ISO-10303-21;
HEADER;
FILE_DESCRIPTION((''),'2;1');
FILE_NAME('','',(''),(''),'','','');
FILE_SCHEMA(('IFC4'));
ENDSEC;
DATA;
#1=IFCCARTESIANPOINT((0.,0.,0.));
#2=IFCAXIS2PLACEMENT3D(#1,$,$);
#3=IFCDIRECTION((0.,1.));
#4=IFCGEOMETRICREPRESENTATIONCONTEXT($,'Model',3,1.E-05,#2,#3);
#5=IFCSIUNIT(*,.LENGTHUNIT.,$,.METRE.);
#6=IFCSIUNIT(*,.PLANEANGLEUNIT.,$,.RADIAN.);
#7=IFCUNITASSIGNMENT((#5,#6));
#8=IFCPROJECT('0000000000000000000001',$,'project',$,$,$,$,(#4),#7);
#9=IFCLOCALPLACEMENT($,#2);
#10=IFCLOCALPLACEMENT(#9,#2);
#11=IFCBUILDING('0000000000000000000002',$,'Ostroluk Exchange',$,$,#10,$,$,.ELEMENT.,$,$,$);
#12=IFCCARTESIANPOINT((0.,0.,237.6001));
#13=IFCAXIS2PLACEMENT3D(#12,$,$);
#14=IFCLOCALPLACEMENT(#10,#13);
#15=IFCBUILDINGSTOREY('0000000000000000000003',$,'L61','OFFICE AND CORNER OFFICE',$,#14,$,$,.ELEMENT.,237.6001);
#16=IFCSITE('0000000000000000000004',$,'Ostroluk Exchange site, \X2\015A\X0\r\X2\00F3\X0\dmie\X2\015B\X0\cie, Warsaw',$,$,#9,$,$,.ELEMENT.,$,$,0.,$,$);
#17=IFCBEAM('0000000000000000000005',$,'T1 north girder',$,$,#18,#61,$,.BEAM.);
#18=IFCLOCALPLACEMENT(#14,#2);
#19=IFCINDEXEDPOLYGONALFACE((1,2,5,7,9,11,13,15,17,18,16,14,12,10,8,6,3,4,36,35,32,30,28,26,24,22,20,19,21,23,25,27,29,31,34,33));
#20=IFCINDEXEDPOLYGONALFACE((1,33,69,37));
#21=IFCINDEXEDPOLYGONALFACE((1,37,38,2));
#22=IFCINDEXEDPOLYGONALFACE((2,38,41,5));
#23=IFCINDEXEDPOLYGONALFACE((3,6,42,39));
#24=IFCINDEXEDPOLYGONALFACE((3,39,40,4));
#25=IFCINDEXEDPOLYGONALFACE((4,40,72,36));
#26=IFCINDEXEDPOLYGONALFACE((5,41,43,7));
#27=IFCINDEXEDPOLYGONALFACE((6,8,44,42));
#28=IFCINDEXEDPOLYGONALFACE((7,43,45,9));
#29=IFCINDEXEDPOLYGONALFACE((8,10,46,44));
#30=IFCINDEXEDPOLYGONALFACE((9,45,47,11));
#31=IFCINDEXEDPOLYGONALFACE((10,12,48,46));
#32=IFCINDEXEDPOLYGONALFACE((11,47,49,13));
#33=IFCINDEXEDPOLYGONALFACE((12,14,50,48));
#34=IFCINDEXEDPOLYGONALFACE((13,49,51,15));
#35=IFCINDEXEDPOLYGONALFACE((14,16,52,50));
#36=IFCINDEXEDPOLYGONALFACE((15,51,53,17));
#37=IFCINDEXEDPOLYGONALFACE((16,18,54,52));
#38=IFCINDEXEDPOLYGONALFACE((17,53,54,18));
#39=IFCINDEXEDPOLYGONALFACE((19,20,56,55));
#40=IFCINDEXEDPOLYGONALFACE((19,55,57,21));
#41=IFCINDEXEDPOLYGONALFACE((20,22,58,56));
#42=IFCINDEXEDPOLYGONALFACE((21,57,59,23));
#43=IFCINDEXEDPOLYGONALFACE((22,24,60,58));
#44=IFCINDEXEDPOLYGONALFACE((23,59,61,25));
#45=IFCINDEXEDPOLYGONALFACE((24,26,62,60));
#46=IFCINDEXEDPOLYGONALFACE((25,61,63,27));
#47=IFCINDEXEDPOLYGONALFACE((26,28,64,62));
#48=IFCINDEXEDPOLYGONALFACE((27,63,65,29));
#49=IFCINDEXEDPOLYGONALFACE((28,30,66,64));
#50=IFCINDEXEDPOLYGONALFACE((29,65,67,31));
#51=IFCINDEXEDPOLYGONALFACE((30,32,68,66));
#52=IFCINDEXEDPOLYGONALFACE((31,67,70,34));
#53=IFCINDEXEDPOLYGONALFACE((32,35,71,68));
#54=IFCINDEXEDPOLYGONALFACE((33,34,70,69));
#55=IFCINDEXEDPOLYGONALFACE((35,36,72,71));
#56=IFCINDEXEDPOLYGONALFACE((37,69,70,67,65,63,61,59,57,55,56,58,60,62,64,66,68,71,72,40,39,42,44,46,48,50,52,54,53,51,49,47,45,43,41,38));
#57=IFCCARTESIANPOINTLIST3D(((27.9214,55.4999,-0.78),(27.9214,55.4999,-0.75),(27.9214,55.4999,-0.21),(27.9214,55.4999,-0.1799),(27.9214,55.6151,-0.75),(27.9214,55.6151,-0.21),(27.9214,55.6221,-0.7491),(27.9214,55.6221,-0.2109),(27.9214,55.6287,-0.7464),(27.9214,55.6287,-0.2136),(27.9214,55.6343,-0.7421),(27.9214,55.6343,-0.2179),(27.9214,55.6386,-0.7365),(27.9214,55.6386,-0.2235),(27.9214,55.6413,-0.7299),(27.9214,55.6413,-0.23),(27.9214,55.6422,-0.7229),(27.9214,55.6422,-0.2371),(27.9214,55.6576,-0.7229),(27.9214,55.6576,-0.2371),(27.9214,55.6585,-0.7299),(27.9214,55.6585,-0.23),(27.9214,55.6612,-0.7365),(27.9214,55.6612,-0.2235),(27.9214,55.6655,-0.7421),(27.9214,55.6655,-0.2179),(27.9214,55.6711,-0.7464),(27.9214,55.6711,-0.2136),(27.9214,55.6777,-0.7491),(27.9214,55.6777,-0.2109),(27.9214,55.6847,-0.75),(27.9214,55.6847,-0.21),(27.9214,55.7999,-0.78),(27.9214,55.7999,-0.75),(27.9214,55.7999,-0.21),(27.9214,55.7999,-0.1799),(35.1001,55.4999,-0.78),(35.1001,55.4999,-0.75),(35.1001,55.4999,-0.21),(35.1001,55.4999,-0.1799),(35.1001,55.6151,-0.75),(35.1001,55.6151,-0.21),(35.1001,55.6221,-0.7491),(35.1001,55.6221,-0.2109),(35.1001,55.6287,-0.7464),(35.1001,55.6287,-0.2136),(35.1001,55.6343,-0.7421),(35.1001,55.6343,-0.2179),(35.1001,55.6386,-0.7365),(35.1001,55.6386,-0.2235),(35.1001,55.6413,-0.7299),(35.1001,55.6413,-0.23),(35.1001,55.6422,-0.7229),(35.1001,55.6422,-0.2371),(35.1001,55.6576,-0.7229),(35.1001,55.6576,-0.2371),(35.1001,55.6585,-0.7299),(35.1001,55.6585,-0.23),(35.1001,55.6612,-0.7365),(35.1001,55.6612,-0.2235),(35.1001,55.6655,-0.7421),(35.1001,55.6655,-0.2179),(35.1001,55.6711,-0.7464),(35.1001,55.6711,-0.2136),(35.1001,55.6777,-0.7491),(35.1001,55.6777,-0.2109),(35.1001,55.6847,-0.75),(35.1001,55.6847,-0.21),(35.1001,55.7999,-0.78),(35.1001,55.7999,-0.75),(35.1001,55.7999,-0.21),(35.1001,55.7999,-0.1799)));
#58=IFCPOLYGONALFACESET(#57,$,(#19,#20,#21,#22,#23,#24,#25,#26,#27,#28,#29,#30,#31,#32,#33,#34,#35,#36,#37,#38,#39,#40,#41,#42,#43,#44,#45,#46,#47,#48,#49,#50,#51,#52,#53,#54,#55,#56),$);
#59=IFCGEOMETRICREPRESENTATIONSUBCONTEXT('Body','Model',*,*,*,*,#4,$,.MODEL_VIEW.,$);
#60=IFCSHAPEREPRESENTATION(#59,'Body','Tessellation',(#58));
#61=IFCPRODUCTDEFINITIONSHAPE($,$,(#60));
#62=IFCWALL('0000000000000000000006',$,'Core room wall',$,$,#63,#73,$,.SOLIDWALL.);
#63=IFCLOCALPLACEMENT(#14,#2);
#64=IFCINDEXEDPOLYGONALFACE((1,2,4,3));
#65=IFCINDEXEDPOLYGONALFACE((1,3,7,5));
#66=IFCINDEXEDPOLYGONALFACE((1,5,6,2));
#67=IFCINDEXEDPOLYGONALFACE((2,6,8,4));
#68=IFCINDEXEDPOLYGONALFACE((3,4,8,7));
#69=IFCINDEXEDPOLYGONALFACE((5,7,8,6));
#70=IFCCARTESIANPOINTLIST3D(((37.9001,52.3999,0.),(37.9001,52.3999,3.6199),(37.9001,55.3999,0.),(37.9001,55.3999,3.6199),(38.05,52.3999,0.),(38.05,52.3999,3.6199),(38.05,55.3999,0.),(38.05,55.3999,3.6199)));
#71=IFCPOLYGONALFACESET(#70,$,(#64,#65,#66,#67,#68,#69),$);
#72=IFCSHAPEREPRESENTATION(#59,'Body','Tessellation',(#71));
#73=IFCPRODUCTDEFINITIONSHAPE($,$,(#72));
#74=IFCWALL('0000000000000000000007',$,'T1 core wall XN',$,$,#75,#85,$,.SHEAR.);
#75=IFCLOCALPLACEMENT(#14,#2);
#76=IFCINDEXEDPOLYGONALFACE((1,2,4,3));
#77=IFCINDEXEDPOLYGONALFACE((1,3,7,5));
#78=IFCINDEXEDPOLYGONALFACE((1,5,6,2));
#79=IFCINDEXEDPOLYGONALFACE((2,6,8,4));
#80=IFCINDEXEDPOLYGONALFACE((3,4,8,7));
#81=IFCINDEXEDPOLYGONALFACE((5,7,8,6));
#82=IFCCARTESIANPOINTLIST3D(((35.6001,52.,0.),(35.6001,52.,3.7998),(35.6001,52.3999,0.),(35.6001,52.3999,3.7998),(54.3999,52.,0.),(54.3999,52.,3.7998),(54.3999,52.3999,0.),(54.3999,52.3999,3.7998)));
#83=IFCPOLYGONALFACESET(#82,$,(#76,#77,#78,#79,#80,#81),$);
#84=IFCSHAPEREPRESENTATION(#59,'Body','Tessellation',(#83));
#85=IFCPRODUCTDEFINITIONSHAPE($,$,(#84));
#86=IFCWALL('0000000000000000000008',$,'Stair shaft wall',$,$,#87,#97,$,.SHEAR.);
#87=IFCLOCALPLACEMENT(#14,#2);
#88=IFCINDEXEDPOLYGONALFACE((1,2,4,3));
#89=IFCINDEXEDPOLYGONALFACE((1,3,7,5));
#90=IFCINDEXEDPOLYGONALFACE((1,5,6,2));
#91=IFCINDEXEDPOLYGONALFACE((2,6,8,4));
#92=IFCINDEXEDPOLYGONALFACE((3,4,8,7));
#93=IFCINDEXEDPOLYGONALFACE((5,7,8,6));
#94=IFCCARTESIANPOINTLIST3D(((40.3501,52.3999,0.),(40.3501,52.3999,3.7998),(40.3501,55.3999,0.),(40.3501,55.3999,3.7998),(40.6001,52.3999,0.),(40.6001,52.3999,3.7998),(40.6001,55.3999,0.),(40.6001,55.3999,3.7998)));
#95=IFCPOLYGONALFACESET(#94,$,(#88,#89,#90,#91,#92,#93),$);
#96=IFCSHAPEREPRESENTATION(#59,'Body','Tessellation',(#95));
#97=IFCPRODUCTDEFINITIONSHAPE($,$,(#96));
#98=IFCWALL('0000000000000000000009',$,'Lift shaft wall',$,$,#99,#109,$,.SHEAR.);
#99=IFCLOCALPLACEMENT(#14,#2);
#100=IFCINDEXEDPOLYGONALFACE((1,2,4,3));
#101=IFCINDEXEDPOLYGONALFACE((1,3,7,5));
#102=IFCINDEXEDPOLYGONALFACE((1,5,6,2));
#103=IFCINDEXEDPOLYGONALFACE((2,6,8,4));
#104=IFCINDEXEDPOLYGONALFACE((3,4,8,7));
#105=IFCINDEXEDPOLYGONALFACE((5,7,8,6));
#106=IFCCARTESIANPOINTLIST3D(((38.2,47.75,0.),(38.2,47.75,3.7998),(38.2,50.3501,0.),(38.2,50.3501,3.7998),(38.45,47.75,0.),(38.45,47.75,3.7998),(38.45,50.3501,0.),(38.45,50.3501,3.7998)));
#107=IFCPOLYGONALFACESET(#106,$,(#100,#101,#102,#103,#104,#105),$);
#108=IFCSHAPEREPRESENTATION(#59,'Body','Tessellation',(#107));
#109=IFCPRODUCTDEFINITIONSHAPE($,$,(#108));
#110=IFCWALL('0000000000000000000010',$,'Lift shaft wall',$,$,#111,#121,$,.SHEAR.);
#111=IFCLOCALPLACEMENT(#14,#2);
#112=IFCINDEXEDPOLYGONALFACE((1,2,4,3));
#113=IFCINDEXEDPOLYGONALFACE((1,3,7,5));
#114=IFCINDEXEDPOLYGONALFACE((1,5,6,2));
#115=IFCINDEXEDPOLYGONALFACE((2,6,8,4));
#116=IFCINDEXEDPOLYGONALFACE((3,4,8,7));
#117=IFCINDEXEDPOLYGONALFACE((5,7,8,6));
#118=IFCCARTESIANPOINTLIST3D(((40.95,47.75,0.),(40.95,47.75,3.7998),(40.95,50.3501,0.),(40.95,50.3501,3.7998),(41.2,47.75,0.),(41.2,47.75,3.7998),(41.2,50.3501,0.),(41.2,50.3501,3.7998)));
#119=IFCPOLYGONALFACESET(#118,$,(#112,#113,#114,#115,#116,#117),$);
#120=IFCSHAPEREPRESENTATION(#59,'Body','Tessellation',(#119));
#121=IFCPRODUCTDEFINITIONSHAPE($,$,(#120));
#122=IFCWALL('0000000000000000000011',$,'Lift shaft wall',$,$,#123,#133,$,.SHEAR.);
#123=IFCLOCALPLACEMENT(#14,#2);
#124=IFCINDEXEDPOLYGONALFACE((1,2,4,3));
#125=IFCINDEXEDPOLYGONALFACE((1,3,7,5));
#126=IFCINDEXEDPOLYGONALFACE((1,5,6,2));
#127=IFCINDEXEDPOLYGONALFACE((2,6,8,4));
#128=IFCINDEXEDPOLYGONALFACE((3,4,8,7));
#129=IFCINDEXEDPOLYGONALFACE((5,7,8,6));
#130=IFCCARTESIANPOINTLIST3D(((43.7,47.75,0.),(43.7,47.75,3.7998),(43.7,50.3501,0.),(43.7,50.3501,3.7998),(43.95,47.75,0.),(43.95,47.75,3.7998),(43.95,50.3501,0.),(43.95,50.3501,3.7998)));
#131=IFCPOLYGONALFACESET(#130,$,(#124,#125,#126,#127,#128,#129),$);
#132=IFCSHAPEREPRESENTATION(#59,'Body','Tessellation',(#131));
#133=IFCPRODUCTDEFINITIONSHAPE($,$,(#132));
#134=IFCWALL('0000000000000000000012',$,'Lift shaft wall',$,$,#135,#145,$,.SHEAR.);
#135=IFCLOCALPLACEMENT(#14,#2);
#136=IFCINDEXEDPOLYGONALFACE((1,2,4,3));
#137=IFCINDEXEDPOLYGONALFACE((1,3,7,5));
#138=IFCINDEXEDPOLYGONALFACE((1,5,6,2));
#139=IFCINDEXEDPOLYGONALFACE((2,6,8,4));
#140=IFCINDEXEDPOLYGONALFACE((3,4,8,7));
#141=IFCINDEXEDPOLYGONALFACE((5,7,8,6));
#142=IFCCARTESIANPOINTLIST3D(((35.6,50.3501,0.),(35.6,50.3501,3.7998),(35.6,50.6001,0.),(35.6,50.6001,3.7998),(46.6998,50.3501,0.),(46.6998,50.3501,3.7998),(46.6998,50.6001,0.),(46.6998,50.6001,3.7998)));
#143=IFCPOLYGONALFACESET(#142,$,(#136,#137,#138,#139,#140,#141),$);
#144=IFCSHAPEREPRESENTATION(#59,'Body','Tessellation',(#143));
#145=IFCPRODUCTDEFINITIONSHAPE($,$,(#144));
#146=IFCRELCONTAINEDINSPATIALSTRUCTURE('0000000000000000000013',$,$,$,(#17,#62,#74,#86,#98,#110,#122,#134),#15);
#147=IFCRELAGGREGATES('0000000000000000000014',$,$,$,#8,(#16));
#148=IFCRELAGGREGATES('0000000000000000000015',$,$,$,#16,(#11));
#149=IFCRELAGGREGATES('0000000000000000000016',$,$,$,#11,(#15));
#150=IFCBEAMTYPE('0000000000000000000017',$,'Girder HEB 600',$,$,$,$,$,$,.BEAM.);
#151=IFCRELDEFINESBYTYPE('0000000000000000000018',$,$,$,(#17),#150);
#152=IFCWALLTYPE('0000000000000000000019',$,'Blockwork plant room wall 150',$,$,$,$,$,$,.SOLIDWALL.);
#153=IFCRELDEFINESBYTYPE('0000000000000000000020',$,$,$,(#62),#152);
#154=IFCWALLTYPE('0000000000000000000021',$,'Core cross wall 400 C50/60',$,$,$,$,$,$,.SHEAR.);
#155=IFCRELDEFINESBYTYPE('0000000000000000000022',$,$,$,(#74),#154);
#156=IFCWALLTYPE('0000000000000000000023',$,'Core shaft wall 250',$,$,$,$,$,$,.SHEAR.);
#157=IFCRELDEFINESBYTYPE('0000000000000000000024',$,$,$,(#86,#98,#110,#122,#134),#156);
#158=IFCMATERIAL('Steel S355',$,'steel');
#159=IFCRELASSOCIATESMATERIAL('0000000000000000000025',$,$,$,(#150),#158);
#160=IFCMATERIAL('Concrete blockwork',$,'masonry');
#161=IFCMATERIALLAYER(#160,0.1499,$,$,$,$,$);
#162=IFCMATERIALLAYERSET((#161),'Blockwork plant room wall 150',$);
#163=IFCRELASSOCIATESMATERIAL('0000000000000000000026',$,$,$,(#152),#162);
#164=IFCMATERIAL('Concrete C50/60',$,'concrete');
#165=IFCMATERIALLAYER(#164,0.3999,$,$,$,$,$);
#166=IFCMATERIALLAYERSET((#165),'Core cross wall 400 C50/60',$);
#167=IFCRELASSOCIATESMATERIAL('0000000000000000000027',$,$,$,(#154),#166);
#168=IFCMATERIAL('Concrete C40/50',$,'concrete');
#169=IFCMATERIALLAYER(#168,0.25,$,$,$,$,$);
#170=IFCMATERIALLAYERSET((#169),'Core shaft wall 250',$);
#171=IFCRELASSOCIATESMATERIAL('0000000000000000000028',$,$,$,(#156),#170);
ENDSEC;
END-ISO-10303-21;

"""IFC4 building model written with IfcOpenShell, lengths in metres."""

from ifc_helpers import new_model, si_unit, direction, frame, frame_2d, origin, origin_2d, place, context, subcontext, project, spatial, rectangle, i_section, extrude, material, layer, layer_set, material_profile, profile_set, type_object, element, save


model = new_model("IFC4")

# Units and contexts
model_context = context("Model", 3, precision=1e-05, world=origin(), true_north=direction((0.0, 1.0)))
body_context = subcontext(model_context, "Body", "Model", "MODEL_VIEW")
ifc_project = project(units=[si_unit("LENGTHUNIT", "METRE"), si_unit("PLANEANGLEUNIT", "RADIAN")], contexts=[model_context])

# Site, building, storey
site_placement = place(None, origin())
site = spatial("IfcSite", under=ifc_project, at=site_placement, Name="Ostroluk Exchange site, Śródmieście, Warsaw", CompositionType="ELEMENT", RefElevation=0.0)
building_placement = place(site_placement, origin())
building = spatial("IfcBuilding", under=site, at=building_placement, Name="Ostroluk Exchange", CompositionType="ELEMENT")
storey_placement = place(building_placement, frame((0.0, 0.0, 237.6001)))
storey = spatial("IfcBuildingStorey", under=building, at=storey_placement, Name="L61", Description="OFFICE AND CORNER OFFICE", CompositionType="ELEMENT", Elevation=237.6001)

# Beam
ifc_material_1 = material(Name="Steel S355", Category="steel")
ifc_material_profile_1 = material_profile(ifc_material_1, i_section(OverallWidth=0.3, OverallDepth=0.6001, WebThickness=0.0154, FlangeThickness=0.03, FilletRadius=0.0271, at=origin_2d()), Name="HEB 600")
ifc_profile_set_1 = profile_set([ifc_material_profile_1], Name="Steel S355")
beam_type_1 = type_object("IfcBeamType", Name="Girder HEB 600", PredefinedType="BEAM", material=ifc_profile_set_1)
beam_placement = place(storey_placement, frame((35.1001, 55.6499, -0.48), z_axis=(-1.0, 0.0, 0.0), x_axis=(0.0, -1.0, 0.0)))
element("IfcBeam", 1, at=beam_placement, inside=storey, type_object=beam_type_1, Name="T1 north girder", PredefinedType="BEAM", context=body_context, shape_type="SweptSolid", body=[
    extrude(i_section(OverallWidth=0.3, OverallDepth=0.6001, WebThickness=0.0154, FlangeThickness=0.03, FilletRadius=0.0271, at=origin_2d()), origin(), (0.0, 0.0, 1.0), 7.1787),
])

# Walls
ifc_material_2 = material(Name="Concrete blockwork", Category="masonry")
ifc_layer_1 = layer(ifc_material_2, 0.1499)
ifc_layer_set_1 = layer_set([ifc_layer_1], Name="Blockwork plant room wall 150")
wall_type_1 = type_object("IfcWallType", Name="Blockwork plant room wall 150", PredefinedType="SOLIDWALL", material=ifc_layer_set_1)
wall_1_placement = place(storey_placement, frame((37.9751, 52.3999, 0.0), z_axis=(0.0, 0.0, 1.0), x_axis=(0.0, 1.0, 0.0)))
element("IfcWall", 2, at=wall_1_placement, inside=storey, type_object=wall_type_1, Name="Core room wall", PredefinedType="SOLIDWALL", context=body_context, shape_type="SweptSolid", body=[
    extrude(rectangle(XDim=3.0, YDim=0.1499, at=frame_2d((1.5, 0.0))), origin(), (0.0, 0.0, 1.0), 3.6199),
])
ifc_material_3 = material(Name="Concrete C50/60", Category="concrete")
ifc_layer_2 = layer(ifc_material_3, 0.3999)
ifc_layer_set_2 = layer_set([ifc_layer_2], Name="Core cross wall 400 C50/60")
wall_type_2 = type_object("IfcWallType", Name="Core cross wall 400 C50/60", PredefinedType="SHEAR", material=ifc_layer_set_2)
wall_2_placement = place(storey_placement, frame((35.6001, 52.2, 0.0), z_axis=(0.0, 0.0, 1.0), x_axis=(1.0, 0.0, 0.0)))
element("IfcWall", 3, at=wall_2_placement, inside=storey, type_object=wall_type_2, Name="T1 core wall XN", PredefinedType="SHEAR", context=body_context, shape_type="SweptSolid", body=[
    extrude(rectangle(XDim=18.7998, YDim=0.3999, at=frame_2d((9.3999, 0.0))), origin(), (0.0, 0.0, 1.0), 3.7998),
])
ifc_material_4 = material(Name="Concrete C40/50", Category="concrete")
ifc_layer_3 = layer(ifc_material_4, 0.25)
ifc_layer_set_3 = layer_set([ifc_layer_3], Name="Core shaft wall 250")
wall_type_3 = type_object("IfcWallType", Name="Core shaft wall 250", PredefinedType="SHEAR", material=ifc_layer_set_3)
wall_3_placement = place(storey_placement, frame((40.4751, 52.3999, 0.0), z_axis=(0.0, 0.0, 1.0), x_axis=(0.0, 1.0, 0.0)))
element("IfcWall", 4, at=wall_3_placement, inside=storey, type_object=wall_type_3, Name="Stair shaft wall", PredefinedType="SHEAR", context=body_context, shape_type="SweptSolid", body=[
    extrude(rectangle(XDim=3.0, YDim=0.25, at=frame_2d((1.5, 0.0))), origin(), (0.0, 0.0, 1.0), 3.7998),
])
for number, where, z_axis, x_axis, name in (
    (5, (38.325, 47.75, 0.0), (0.0, 0.0, 1.0), (0.0, 1.0, 0.0), "Lift shaft wall"),
    (6, (41.075, 47.75, 0.0), (0.0, 0.0, 1.0), (0.0, 1.0, 0.0), "Lift shaft wall"),
    (7, (43.825, 47.75, 0.0), (0.0, 0.0, 1.0), (0.0, 1.0, 0.0), "Lift shaft wall"),
):
    element("IfcWall", number, at=place(storey_placement, frame(where, z_axis=z_axis, x_axis=x_axis)), inside=storey, type_object=wall_type_3, Name=name, PredefinedType="SHEAR", context=body_context, shape_type="SweptSolid", body=[
        extrude(rectangle(XDim=2.6001, YDim=0.25, at=frame_2d((1.3, 0.0))), origin(), (0.0, 0.0, 1.0), 3.7998),
    ])
wall_4_placement = place(storey_placement, frame((35.6001, 50.4751, 0.0), z_axis=(0.0, 0.0, 1.0), x_axis=(1.0, 0.0, 0.0)))
element("IfcWall", 8, at=wall_4_placement, inside=storey, type_object=wall_type_3, Name="Lift shaft wall", PredefinedType="SHEAR", context=body_context, shape_type="SweptSolid", body=[
    extrude(rectangle(XDim=11.0999, YDim=0.25, at=frame_2d((5.5498, 0.0))), origin(), (0.0, 0.0, 1.0), 3.7998),
])

save(model, "model.ifc")
